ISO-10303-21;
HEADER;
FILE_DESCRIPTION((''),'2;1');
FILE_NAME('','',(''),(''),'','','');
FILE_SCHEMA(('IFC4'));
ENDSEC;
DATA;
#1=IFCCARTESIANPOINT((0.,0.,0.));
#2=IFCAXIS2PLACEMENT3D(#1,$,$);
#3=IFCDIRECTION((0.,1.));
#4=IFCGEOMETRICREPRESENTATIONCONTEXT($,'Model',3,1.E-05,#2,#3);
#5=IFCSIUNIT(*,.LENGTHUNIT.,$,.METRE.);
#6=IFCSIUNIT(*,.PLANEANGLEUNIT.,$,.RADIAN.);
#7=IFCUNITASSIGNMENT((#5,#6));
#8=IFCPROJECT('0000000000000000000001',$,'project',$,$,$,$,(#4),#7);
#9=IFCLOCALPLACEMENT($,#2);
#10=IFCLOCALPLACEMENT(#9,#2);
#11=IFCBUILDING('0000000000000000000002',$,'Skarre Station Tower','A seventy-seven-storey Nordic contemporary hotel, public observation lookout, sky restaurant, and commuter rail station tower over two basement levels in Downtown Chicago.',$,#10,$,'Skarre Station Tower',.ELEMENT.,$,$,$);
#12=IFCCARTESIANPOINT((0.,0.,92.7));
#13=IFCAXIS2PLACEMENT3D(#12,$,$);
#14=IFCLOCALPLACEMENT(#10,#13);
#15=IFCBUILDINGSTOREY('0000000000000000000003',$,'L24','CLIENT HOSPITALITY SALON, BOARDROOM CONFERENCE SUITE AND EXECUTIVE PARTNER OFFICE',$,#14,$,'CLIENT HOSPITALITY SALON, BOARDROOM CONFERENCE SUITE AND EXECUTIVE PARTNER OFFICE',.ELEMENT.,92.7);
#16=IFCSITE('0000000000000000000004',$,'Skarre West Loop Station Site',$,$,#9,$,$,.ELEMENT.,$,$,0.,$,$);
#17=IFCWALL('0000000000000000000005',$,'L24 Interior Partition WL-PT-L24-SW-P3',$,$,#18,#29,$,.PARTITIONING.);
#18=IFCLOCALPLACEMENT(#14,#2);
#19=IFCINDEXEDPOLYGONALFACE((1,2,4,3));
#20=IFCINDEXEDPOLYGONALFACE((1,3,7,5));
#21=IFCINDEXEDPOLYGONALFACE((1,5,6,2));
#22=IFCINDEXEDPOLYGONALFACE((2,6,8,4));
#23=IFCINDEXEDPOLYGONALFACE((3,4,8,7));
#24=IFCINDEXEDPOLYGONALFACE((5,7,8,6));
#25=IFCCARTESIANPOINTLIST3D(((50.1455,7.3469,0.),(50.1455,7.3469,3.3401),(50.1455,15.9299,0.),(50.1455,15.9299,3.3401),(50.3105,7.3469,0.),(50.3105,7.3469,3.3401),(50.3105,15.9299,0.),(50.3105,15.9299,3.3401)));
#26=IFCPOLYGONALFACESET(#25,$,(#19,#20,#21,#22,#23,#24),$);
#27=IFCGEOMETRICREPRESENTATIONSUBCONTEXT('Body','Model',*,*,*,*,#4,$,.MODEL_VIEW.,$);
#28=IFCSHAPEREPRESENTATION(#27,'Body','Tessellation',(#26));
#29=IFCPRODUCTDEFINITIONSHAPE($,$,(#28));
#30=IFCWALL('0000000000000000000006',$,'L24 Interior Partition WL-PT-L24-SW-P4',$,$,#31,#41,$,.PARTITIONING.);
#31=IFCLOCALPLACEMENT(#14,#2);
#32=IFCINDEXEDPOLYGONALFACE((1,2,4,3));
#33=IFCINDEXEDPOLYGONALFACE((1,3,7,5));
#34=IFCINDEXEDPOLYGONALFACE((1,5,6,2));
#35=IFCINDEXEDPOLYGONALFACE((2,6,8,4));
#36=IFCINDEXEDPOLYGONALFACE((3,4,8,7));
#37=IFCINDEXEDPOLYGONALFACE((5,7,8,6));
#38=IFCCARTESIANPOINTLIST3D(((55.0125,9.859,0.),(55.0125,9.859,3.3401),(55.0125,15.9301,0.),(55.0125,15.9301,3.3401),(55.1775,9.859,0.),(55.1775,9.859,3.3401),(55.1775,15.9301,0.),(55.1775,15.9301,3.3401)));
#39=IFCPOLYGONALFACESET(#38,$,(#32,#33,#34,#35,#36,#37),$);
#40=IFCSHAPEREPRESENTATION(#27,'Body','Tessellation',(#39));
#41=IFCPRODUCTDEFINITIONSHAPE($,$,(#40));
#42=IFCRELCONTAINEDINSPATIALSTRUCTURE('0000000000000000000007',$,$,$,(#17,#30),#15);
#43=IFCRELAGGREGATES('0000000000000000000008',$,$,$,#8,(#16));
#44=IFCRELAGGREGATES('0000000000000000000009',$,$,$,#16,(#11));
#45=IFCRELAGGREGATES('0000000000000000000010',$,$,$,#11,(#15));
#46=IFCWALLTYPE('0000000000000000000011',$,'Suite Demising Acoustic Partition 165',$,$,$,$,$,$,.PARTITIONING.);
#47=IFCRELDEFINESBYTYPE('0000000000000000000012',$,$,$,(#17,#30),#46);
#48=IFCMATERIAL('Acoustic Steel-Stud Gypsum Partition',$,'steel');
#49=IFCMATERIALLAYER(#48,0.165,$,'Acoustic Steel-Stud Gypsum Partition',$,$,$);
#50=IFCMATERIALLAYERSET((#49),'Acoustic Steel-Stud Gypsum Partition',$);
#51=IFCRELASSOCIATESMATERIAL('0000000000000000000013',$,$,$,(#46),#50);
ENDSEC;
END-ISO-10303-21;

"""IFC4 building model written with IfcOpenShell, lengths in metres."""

from ifc_helpers import new_model, si_unit, direction, frame, frame_2d, origin, place, context, subcontext, project, spatial, rectangle, extrude, material, layer, layer_set, type_object, element, save


model = new_model("IFC4")

# Units and contexts
model_context = context("Model", 3, precision=1e-05, world=origin(), true_north=direction((0.0, 1.0)))
body_context = subcontext(model_context, "Body", "Model", "MODEL_VIEW")
ifc_project = project(units=[si_unit("LENGTHUNIT", "METRE"), si_unit("PLANEANGLEUNIT", "RADIAN")], contexts=[model_context])

# Site, building, storey
site_placement = place(None, origin())
site = spatial("IfcSite", under=ifc_project, at=site_placement, Name="Skarre West Loop Station Site", CompositionType="ELEMENT", RefElevation=0.0)
building_placement = place(site_placement, origin())
building = spatial("IfcBuilding", under=site, at=building_placement, Name="Skarre Station Tower", Description="A seventy-seven-storey Nordic contemporary hotel, public observation lookout, sky restaurant, and commuter rail station tower over two basement levels in Downtown Chicago.", LongName="Skarre Station Tower", CompositionType="ELEMENT")
storey_placement = place(building_placement, frame((0.0, 0.0, 92.7)))
storey = spatial("IfcBuildingStorey", under=building, at=storey_placement, Name="L24", Description="CLIENT HOSPITALITY SALON, BOARDROOM CONFERENCE SUITE AND EXECUTIVE PARTNER OFFICE", LongName="CLIENT HOSPITALITY SALON, BOARDROOM CONFERENCE SUITE AND EXECUTIVE PARTNER OFFICE", CompositionType="ELEMENT", Elevation=92.7)

# Shared definitions
ifc_material_1 = material(Name="Acoustic Steel-Stud Gypsum Partition", Category="steel")

# Walls
ifc_layer_1 = layer(ifc_material_1, 0.165, Name="Acoustic Steel-Stud Gypsum Partition")
ifc_layer_set_1 = layer_set([ifc_layer_1], Name="Acoustic Steel-Stud Gypsum Partition")
wall_type_1 = type_object("IfcWallType", Name="Suite Demising Acoustic Partition 165", PredefinedType="PARTITIONING", material=ifc_layer_set_1)
wall_1_placement = place(storey_placement, frame((50.228, 7.3469, 0.0), z_axis=(0.0, 0.0, 1.0), x_axis=(0.0, 1.0, 0.0)))
element("IfcWall", 1, at=wall_1_placement, inside=storey, type_object=wall_type_1, Name="L24 Interior Partition WL-PT-L24-SW-P3", PredefinedType="PARTITIONING", context=body_context, shape_type="SweptSolid", body=[
    extrude(rectangle(XDim=8.583, YDim=0.165, at=frame_2d((4.2915, 0.0))), origin(), (0.0, 0.0, 1.0), 3.3401),
])
wall_2_placement = place(storey_placement, frame((55.095, 9.8589, 0.0), z_axis=(0.0, 0.0, 1.0), x_axis=(0.0, 1.0, 0.0)))
element("IfcWall", 2, at=wall_2_placement, inside=storey, type_object=wall_type_1, Name="L24 Interior Partition WL-PT-L24-SW-P4", PredefinedType="PARTITIONING", context=body_context, shape_type="SweptSolid", body=[
    extrude(rectangle(XDim=6.071, YDim=0.165, at=frame_2d((3.0356, 0.0))), origin(), (0.0, 0.0, 1.0), 3.3401),
])

save(model, "model.ifc")
